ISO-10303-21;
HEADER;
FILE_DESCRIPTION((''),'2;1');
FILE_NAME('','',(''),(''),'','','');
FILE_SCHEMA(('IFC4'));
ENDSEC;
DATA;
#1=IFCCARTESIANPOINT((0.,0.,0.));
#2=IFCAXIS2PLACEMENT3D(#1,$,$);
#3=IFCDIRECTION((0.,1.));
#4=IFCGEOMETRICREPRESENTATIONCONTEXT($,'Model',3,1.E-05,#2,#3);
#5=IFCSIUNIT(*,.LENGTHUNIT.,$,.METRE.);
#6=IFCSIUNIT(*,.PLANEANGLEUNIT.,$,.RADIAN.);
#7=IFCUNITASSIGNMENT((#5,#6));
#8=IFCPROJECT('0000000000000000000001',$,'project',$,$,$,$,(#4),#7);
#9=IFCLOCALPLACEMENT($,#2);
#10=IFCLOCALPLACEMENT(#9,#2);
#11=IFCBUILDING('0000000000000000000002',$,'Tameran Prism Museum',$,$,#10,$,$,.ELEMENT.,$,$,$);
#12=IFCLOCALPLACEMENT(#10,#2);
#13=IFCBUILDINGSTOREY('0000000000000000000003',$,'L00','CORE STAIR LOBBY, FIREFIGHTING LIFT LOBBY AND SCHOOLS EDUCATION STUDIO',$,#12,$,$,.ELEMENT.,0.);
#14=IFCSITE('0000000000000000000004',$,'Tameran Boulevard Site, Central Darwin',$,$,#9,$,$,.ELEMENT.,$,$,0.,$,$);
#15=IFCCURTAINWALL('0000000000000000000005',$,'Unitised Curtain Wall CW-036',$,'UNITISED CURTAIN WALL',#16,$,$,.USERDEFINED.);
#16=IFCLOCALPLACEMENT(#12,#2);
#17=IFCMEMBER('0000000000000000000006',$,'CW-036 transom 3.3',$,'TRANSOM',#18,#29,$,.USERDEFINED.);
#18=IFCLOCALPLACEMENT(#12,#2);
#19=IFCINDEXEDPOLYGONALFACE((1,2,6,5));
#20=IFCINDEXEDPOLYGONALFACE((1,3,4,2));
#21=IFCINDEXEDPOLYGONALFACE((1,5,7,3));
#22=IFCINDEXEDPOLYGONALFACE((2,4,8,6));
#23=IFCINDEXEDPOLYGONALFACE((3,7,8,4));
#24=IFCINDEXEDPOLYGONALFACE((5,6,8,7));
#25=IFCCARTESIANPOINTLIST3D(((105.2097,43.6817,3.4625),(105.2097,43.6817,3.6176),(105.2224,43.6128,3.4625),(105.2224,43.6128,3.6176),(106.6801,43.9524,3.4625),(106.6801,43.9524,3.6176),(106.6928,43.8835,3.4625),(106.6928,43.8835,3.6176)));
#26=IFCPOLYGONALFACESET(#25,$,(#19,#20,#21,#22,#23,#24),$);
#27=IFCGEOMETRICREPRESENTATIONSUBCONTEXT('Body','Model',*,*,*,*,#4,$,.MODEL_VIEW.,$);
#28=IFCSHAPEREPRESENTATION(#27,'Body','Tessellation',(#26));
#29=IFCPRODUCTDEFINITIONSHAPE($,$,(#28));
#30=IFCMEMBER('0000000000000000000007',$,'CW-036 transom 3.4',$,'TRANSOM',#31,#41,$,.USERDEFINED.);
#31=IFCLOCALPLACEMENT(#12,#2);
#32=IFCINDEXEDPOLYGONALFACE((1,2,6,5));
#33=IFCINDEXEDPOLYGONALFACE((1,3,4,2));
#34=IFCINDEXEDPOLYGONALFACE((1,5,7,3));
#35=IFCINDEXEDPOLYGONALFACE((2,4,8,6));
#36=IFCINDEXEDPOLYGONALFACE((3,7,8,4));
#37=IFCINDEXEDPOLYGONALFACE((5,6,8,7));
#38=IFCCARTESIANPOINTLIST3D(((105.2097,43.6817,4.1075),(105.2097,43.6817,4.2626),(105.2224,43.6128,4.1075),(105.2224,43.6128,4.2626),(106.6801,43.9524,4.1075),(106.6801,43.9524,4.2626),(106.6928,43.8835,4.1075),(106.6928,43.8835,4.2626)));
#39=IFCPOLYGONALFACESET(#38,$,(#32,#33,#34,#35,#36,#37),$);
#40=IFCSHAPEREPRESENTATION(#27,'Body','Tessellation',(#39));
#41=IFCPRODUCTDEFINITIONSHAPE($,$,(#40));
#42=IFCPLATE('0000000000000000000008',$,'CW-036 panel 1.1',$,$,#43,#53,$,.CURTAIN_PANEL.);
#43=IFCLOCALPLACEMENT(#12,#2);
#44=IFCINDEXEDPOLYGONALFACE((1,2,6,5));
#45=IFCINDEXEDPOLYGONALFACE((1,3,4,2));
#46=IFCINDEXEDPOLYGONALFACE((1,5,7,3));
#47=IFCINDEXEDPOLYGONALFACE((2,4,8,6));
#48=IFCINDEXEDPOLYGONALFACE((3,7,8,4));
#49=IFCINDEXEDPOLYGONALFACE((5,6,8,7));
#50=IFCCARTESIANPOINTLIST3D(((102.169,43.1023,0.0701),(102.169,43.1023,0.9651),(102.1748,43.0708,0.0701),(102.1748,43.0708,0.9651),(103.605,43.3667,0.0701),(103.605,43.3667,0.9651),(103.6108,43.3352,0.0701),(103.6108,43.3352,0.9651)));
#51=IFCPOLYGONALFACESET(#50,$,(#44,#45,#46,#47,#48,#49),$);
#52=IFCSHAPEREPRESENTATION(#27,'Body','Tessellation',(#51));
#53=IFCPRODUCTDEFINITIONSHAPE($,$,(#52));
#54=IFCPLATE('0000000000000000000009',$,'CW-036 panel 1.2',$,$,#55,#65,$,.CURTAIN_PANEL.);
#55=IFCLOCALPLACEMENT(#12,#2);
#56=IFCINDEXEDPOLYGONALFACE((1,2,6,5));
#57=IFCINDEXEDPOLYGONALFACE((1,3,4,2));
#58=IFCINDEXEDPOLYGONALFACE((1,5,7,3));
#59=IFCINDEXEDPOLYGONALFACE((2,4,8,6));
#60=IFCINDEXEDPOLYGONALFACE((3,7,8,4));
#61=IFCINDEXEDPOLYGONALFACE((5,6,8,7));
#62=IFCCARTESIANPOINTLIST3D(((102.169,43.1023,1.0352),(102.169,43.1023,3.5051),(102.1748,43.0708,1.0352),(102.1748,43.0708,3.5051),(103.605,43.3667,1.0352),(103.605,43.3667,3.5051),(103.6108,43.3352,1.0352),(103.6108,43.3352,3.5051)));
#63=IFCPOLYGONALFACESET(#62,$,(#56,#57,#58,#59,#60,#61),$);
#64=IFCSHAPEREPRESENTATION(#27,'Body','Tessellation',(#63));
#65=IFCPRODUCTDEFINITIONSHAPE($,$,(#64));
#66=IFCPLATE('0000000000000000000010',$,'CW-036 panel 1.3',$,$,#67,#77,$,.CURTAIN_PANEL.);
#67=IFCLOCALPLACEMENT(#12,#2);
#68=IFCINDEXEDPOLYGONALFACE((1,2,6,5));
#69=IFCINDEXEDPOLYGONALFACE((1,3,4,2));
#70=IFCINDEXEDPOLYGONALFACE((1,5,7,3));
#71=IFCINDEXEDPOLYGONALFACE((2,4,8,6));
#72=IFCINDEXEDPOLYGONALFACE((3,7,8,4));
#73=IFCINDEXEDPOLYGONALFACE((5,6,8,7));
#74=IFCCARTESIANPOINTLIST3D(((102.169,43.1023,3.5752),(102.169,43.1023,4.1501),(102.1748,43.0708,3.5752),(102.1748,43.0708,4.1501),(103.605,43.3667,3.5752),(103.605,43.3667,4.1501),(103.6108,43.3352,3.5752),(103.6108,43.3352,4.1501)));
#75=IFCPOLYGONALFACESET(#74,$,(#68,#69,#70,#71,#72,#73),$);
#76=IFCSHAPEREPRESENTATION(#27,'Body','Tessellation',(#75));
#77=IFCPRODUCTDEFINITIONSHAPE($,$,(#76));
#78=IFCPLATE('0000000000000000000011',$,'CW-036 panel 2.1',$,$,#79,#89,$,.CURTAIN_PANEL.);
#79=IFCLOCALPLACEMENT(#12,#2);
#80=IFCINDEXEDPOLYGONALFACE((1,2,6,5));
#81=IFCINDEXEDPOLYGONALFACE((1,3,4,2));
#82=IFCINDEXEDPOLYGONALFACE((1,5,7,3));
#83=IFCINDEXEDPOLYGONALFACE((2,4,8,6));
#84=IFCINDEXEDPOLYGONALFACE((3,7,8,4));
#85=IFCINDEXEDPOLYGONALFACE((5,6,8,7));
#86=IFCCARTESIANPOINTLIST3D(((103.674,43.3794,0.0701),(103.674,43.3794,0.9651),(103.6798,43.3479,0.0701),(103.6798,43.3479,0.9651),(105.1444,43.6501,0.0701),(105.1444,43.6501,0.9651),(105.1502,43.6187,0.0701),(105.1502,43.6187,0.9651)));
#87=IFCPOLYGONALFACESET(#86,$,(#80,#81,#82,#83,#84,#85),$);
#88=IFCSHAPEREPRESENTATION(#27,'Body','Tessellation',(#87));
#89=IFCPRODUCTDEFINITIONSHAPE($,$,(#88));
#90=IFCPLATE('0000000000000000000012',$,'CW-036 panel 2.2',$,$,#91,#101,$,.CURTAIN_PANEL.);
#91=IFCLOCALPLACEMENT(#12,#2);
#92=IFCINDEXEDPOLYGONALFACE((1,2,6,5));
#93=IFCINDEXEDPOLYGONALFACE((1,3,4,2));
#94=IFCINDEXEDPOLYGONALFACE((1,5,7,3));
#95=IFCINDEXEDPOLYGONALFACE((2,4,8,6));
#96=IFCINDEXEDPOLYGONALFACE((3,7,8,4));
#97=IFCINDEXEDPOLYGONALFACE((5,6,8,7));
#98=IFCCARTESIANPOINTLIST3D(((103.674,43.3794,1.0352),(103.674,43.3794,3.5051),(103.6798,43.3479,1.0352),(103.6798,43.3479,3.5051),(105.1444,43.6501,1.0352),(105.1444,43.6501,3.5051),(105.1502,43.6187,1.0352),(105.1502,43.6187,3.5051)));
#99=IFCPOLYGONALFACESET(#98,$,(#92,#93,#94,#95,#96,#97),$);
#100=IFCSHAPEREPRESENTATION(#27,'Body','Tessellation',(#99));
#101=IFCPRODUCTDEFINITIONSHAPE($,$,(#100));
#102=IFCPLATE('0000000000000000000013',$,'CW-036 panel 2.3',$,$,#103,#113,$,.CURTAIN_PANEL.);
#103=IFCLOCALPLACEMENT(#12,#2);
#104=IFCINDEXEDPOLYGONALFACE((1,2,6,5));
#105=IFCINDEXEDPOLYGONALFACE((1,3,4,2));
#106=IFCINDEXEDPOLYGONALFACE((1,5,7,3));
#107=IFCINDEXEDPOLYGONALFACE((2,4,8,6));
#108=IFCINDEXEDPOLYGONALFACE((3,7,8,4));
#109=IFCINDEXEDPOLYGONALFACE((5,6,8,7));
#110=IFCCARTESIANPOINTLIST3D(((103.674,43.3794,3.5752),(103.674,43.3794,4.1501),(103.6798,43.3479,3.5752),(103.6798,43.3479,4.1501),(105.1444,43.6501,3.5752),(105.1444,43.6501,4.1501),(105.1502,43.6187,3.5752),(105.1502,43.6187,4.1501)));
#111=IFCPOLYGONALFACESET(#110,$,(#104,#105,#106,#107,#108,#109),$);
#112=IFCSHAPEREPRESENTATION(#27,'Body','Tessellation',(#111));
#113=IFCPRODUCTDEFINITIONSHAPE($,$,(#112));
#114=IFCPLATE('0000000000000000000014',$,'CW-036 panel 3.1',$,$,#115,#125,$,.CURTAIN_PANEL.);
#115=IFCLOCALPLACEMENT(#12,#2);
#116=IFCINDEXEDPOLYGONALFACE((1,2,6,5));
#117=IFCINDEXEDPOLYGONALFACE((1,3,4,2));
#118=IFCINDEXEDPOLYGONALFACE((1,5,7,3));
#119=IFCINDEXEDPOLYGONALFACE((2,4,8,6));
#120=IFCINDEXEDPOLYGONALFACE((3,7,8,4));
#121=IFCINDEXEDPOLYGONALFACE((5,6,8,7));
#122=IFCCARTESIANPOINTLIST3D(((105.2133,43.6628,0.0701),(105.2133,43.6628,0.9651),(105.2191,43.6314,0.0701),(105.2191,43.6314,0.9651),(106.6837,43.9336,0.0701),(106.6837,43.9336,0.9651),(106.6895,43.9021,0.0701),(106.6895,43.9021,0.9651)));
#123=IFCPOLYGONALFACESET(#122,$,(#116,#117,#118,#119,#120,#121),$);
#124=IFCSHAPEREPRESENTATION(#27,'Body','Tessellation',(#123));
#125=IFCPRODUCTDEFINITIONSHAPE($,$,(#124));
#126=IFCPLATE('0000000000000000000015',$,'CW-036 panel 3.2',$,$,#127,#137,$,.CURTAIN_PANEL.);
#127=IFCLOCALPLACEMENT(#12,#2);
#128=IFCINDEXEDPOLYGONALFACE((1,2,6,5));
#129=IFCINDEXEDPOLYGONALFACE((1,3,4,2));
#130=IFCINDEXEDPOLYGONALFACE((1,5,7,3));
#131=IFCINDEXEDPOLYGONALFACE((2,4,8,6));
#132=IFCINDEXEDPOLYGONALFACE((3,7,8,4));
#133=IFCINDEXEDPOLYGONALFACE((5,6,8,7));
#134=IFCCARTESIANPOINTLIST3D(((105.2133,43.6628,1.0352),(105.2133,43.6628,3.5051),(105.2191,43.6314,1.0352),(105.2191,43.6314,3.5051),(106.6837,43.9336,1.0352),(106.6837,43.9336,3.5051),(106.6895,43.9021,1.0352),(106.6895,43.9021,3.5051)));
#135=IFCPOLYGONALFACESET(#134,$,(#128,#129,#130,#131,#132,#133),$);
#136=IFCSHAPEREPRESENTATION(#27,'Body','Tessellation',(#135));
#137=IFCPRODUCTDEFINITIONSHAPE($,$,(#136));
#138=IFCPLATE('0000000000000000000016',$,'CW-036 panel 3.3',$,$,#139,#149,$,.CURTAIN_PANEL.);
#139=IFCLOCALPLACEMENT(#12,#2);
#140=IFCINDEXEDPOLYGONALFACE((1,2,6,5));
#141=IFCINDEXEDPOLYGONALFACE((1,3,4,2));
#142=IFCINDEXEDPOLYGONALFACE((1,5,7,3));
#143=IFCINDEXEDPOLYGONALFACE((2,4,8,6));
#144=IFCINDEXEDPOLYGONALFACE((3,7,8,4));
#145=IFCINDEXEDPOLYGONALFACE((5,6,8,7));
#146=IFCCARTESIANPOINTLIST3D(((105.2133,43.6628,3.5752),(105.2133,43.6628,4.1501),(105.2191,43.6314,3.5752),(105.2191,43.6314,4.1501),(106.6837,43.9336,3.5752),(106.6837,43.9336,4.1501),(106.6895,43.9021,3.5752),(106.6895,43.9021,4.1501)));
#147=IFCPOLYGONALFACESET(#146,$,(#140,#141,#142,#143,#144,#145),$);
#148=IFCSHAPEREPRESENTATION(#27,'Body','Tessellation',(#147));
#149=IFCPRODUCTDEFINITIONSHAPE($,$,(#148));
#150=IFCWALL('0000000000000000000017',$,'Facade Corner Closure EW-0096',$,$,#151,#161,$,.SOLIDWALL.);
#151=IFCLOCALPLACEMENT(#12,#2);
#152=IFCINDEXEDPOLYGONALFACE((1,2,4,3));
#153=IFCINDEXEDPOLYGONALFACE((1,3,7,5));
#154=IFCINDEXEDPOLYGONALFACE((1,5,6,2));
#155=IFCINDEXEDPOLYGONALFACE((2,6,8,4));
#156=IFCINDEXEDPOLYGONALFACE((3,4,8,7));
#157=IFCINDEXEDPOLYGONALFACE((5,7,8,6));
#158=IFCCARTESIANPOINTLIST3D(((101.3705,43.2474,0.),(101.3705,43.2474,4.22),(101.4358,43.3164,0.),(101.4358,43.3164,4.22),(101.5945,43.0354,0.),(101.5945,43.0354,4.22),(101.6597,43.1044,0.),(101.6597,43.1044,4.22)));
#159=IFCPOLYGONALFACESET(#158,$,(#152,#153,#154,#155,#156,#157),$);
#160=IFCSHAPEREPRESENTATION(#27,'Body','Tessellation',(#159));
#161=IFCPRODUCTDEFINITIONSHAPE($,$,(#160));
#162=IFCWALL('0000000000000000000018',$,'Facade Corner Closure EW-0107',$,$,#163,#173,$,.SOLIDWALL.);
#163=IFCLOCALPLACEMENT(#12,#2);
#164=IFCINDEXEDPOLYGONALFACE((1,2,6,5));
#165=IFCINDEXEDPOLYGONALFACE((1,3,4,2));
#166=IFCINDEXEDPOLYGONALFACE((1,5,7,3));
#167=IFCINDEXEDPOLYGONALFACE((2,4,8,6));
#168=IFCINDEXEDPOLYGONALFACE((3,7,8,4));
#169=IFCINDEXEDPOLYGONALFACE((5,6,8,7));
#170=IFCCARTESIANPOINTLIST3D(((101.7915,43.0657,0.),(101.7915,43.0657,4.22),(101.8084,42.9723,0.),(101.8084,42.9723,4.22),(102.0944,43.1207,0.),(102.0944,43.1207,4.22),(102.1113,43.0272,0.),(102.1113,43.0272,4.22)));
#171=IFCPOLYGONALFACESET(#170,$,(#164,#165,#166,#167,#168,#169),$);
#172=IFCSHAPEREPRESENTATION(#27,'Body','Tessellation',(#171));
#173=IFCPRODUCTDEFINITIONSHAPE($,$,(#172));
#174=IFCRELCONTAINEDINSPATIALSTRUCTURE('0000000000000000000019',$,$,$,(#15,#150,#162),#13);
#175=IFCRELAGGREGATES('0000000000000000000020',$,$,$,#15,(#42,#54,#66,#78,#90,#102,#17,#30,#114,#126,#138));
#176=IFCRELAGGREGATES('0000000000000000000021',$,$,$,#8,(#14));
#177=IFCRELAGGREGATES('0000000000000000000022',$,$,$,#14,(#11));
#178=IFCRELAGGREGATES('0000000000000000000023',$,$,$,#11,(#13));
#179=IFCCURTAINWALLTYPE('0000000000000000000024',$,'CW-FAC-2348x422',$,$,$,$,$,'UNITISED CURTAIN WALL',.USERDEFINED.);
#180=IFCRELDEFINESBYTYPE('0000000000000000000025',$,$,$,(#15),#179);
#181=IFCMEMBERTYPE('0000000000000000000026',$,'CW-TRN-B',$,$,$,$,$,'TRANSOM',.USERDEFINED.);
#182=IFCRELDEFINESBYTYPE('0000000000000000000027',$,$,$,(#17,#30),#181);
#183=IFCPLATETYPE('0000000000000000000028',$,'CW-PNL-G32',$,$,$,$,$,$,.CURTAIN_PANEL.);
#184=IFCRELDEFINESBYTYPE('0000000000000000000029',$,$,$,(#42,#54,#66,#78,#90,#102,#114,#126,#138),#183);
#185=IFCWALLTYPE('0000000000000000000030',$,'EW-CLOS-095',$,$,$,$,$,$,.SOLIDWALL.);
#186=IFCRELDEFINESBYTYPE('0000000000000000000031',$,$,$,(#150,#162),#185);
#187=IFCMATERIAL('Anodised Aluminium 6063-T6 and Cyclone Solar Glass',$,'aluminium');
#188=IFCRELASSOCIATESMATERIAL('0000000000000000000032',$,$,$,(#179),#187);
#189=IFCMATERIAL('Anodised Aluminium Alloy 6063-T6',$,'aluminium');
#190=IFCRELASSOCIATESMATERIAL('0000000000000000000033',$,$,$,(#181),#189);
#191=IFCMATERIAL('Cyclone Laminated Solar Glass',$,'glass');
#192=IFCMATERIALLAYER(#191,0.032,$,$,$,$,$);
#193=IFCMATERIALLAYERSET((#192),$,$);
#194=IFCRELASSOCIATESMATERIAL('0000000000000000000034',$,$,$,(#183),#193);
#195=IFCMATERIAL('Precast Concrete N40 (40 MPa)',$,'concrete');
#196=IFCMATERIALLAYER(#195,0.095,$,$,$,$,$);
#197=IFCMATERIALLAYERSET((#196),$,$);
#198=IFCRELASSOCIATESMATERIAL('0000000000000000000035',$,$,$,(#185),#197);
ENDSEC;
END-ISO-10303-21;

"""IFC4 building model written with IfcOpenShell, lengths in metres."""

from ifc_helpers import new_model, si_unit, direction, frame, frame_2d, origin, origin_2d, place, context, subcontext, project, spatial, rectangle, extrude, material, layer, layer_set, material_profile, profile_set, type_object, element, aggregate, save


model = new_model("IFC4")

# Units and contexts
model_context = context("Model", 3, precision=1e-05, world=origin(), true_north=direction((0.0, 1.0)))
body_context = subcontext(model_context, "Body", "Model", "MODEL_VIEW")
ifc_project = project(units=[si_unit("LENGTHUNIT", "METRE"), si_unit("PLANEANGLEUNIT", "RADIAN")], contexts=[model_context])

# Site, building, storey
site_placement = place(None, origin())
site = spatial("IfcSite", under=ifc_project, at=site_placement, Name="Tameran Boulevard Site, Central Darwin", CompositionType="ELEMENT", RefElevation=0.0)
building_placement = place(site_placement, origin())
building = spatial("IfcBuilding", under=site, at=building_placement, Name="Tameran Prism Museum", CompositionType="ELEMENT")
storey_placement = place(building_placement, origin())
storey = spatial("IfcBuildingStorey", under=building, at=storey_placement, Name="L00", Description="CORE STAIR LOBBY, FIREFIGHTING LIFT LOBBY AND SCHOOLS EDUCATION STUDIO", CompositionType="ELEMENT", Elevation=0.0)

# Curtain wall, members, plates
ifc_material_1 = material(Name="Anodised Aluminium 6063-T6 and Cyclone Solar Glass", Category="aluminium")
curtain_wall_type_1 = type_object("IfcCurtainWallType", Name="CW-FAC-2348x422", ElementType="UNITISED CURTAIN WALL", PredefinedType="USERDEFINED", material=ifc_material_1)
curtain_wall_1_placement = place(storey_placement, origin())
curtain_wall_1 = element("IfcCurtainWall", 1, at=curtain_wall_1_placement, inside=storey, type_object=curtain_wall_type_1, Name="Unitised Curtain Wall CW-036", ObjectType="UNITISED CURTAIN WALL", PredefinedType="USERDEFINED")
ifc_material_2 = material(Name="Anodised Aluminium Alloy 6063-T6", Category="aluminium")
ifc_material_profile_1 = material_profile(ifc_material_2, rectangle(XDim=0.0701, YDim=0.155, at=origin_2d()))
ifc_profile_set_1 = profile_set([ifc_material_profile_1])
member_type_1 = type_object("IfcMemberType", Name="CW-TRN-B", ElementType="TRANSOM", PredefinedType="USERDEFINED", material=ifc_profile_set_1)
member_1_placement = place(storey_placement, frame((105.2161, 43.6472, 3.54), z_axis=(0.983468, 0.181083, 0.0), x_axis=(-0.181083, 0.983468, 0.0)))
member_1 = element("IfcMember", 2, at=member_1_placement, type_object=member_type_1, Name="CW-036 transom 3.3", ObjectType="TRANSOM", PredefinedType="USERDEFINED", context=body_context, shape_type="SweptSolid", body=[
    extrude(rectangle(XDim=0.0701, YDim=0.155, at=origin_2d()), origin(), (0.0, 0.0, 1.0), 1.4951),
])
member_2_placement = place(storey_placement, frame((105.2161, 43.6472, 4.1851), z_axis=(0.983468, 0.181083, 0.0), x_axis=(-0.181083, 0.983468, 0.0)))
member_2 = element("IfcMember", 3, at=member_2_placement, type_object=member_type_1, Name="CW-036 transom 3.4", ObjectType="TRANSOM", PredefinedType="USERDEFINED", context=body_context, shape_type="SweptSolid", body=[
    extrude(rectangle(XDim=0.0701, YDim=0.155, at=origin_2d()), origin(), (0.0, 0.0, 1.0), 1.4951),
])
ifc_material_3 = material(Name="Cyclone Laminated Solar Glass", Category="glass")
ifc_layer_1 = layer(ifc_material_3, 0.032)
ifc_layer_set_1 = layer_set([ifc_layer_1])
plate_type = type_object("IfcPlateType", Name="CW-PNL-G32", PredefinedType="CURTAIN_PANEL", material=ifc_layer_set_1)
plate_1_placement = place(storey_placement, frame((102.8899, 43.2188, 0.0701), z_axis=(0.0, 0.0, 1.0), x_axis=(0.983472, 0.181063, 0.0)))
plate_1 = element("IfcPlate", 4, at=plate_1_placement, type_object=plate_type, Name="CW-036 panel 1.1", PredefinedType="CURTAIN_PANEL", context=body_context, shape_type="SweptSolid", body=[
    extrude(rectangle(XDim=1.4602, YDim=0.032, at=origin_2d()), origin(), (0.0, 0.0, 1.0), 0.895),
])
plate_2_placement = place(storey_placement, frame((102.8899, 43.2188, 1.0352), z_axis=(0.0, 0.0, 1.0), x_axis=(0.983472, 0.181063, 0.0)))
plate_2 = element("IfcPlate", 5, at=plate_2_placement, type_object=plate_type, Name="CW-036 panel 1.2", PredefinedType="CURTAIN_PANEL", context=body_context, shape_type="SweptSolid", body=[
    extrude(rectangle(XDim=1.4602, YDim=0.032, at=origin_2d()), origin(), (0.0, 0.0, 1.0), 2.47),
])
plate_3_placement = place(storey_placement, frame((102.8899, 43.2188, 3.5752), z_axis=(0.0, 0.0, 1.0), x_axis=(0.983472, 0.181063, 0.0)))
plate_3 = element("IfcPlate", 6, at=plate_3_placement, type_object=plate_type, Name="CW-036 panel 1.3", PredefinedType="CURTAIN_PANEL", context=body_context, shape_type="SweptSolid", body=[
    extrude(rectangle(XDim=1.4602, YDim=0.032, at=origin_2d()), origin(), (0.0, 0.0, 1.0), 0.575),
])
plate_4_placement = place(storey_placement, frame((104.4121, 43.499, 0.0701), z_axis=(0.0, 0.0, 1.0), x_axis=(0.983472, 0.181063, 0.0)))
plate_4 = element("IfcPlate", 7, at=plate_4_placement, type_object=plate_type, Name="CW-036 panel 2.1", PredefinedType="CURTAIN_PANEL", context=body_context, shape_type="SweptSolid", body=[
    extrude(rectangle(XDim=1.4951, YDim=0.032, at=origin_2d()), origin(), (0.0, 0.0, 1.0), 0.895),
])
plate_5_placement = place(storey_placement, frame((104.4121, 43.499, 1.0352), z_axis=(0.0, 0.0, 1.0), x_axis=(0.983472, 0.181063, 0.0)))
plate_5 = element("IfcPlate", 8, at=plate_5_placement, type_object=plate_type, Name="CW-036 panel 2.2", PredefinedType="CURTAIN_PANEL", context=body_context, shape_type="SweptSolid", body=[
    extrude(rectangle(XDim=1.4951, YDim=0.032, at=origin_2d()), origin(), (0.0, 0.0, 1.0), 2.47),
])
plate_6_placement = place(storey_placement, frame((104.4121, 43.499, 3.5752), z_axis=(0.0, 0.0, 1.0), x_axis=(0.983472, 0.181063, 0.0)))
plate_6 = element("IfcPlate", 9, at=plate_6_placement, type_object=plate_type, Name="CW-036 panel 2.3", PredefinedType="CURTAIN_PANEL", context=body_context, shape_type="SweptSolid", body=[
    extrude(rectangle(XDim=1.4951, YDim=0.032, at=origin_2d()), origin(), (0.0, 0.0, 1.0), 0.575),
])
plate_7_placement = place(storey_placement, frame((105.9514, 43.7825, 0.0701), z_axis=(0.0, 0.0, 1.0), x_axis=(0.983472, 0.181063, 0.0)))
plate_7 = element("IfcPlate", 10, at=plate_7_placement, type_object=plate_type, Name="CW-036 panel 3.1", PredefinedType="CURTAIN_PANEL", context=body_context, shape_type="SweptSolid", body=[
    extrude(rectangle(XDim=1.4951, YDim=0.032, at=origin_2d()), origin(), (0.0, 0.0, 1.0), 0.895),
])
plate_8_placement = place(storey_placement, frame((105.9514, 43.7825, 1.0352), z_axis=(0.0, 0.0, 1.0), x_axis=(0.983472, 0.181063, 0.0)))
plate_8 = element("IfcPlate", 11, at=plate_8_placement, type_object=plate_type, Name="CW-036 panel 3.2", PredefinedType="CURTAIN_PANEL", context=body_context, shape_type="SweptSolid", body=[
    extrude(rectangle(XDim=1.4951, YDim=0.032, at=origin_2d()), origin(), (0.0, 0.0, 1.0), 2.47),
])
plate_9_placement = place(storey_placement, frame((105.9514, 43.7825, 3.5752), z_axis=(0.0, 0.0, 1.0), x_axis=(0.983472, 0.181063, 0.0)))
plate_9 = element("IfcPlate", 12, at=plate_9_placement, type_object=plate_type, Name="CW-036 panel 3.3", PredefinedType="CURTAIN_PANEL", context=body_context, shape_type="SweptSolid", body=[
    extrude(rectangle(XDim=1.4951, YDim=0.032, at=origin_2d()), origin(), (0.0, 0.0, 1.0), 0.575),
])
aggregate(curtain_wall_1, [plate_1, plate_2, plate_3, plate_4, plate_5, plate_6, member_1, member_2, plate_7, plate_8, plate_9])

# Walls
ifc_material_4 = material(Name="Precast Concrete N40 (40 MPa)", Category="concrete")
ifc_layer_2 = layer(ifc_material_4, 0.095)
ifc_layer_set_2 = layer_set([ifc_layer_2])
wall_type = type_object("IfcWallType", Name="EW-CLOS-095", PredefinedType="SOLIDWALL", material=ifc_layer_set_2)
wall_1_placement = place(storey_placement, frame((101.4031, 43.282, 0.0), z_axis=(0.0, 0.0, 1.0), x_axis=(0.726244, -0.687437, 0.0)))
element("IfcWall", 13, at=wall_1_placement, inside=storey, type_object=wall_type, Name="Facade Corner Closure EW-0096", PredefinedType="SOLIDWALL", context=body_context, shape_type="SweptSolid", body=[
    extrude(rectangle(XDim=0.3083, YDim=0.095, at=frame_2d((0.1543, 0.0))), origin(), (0.0, 0.0, 1.0), 4.22),
])
wall_2_placement = place(storey_placement, frame((101.8, 43.019, 0.0), z_axis=(0.0, 0.0, 1.0), x_axis=(0.983959, 0.178397, 0.0)))
element("IfcWall", 14, at=wall_2_placement, inside=storey, type_object=wall_type, Name="Facade Corner Closure EW-0107", PredefinedType="SOLIDWALL", context=body_context, shape_type="SweptSolid", body=[
    extrude(rectangle(XDim=0.3079, YDim=0.095, at=frame_2d((0.1538, 0.0))), origin(), (0.0, 0.0, 1.0), 4.22),
])

save(model, "model.ifc")
